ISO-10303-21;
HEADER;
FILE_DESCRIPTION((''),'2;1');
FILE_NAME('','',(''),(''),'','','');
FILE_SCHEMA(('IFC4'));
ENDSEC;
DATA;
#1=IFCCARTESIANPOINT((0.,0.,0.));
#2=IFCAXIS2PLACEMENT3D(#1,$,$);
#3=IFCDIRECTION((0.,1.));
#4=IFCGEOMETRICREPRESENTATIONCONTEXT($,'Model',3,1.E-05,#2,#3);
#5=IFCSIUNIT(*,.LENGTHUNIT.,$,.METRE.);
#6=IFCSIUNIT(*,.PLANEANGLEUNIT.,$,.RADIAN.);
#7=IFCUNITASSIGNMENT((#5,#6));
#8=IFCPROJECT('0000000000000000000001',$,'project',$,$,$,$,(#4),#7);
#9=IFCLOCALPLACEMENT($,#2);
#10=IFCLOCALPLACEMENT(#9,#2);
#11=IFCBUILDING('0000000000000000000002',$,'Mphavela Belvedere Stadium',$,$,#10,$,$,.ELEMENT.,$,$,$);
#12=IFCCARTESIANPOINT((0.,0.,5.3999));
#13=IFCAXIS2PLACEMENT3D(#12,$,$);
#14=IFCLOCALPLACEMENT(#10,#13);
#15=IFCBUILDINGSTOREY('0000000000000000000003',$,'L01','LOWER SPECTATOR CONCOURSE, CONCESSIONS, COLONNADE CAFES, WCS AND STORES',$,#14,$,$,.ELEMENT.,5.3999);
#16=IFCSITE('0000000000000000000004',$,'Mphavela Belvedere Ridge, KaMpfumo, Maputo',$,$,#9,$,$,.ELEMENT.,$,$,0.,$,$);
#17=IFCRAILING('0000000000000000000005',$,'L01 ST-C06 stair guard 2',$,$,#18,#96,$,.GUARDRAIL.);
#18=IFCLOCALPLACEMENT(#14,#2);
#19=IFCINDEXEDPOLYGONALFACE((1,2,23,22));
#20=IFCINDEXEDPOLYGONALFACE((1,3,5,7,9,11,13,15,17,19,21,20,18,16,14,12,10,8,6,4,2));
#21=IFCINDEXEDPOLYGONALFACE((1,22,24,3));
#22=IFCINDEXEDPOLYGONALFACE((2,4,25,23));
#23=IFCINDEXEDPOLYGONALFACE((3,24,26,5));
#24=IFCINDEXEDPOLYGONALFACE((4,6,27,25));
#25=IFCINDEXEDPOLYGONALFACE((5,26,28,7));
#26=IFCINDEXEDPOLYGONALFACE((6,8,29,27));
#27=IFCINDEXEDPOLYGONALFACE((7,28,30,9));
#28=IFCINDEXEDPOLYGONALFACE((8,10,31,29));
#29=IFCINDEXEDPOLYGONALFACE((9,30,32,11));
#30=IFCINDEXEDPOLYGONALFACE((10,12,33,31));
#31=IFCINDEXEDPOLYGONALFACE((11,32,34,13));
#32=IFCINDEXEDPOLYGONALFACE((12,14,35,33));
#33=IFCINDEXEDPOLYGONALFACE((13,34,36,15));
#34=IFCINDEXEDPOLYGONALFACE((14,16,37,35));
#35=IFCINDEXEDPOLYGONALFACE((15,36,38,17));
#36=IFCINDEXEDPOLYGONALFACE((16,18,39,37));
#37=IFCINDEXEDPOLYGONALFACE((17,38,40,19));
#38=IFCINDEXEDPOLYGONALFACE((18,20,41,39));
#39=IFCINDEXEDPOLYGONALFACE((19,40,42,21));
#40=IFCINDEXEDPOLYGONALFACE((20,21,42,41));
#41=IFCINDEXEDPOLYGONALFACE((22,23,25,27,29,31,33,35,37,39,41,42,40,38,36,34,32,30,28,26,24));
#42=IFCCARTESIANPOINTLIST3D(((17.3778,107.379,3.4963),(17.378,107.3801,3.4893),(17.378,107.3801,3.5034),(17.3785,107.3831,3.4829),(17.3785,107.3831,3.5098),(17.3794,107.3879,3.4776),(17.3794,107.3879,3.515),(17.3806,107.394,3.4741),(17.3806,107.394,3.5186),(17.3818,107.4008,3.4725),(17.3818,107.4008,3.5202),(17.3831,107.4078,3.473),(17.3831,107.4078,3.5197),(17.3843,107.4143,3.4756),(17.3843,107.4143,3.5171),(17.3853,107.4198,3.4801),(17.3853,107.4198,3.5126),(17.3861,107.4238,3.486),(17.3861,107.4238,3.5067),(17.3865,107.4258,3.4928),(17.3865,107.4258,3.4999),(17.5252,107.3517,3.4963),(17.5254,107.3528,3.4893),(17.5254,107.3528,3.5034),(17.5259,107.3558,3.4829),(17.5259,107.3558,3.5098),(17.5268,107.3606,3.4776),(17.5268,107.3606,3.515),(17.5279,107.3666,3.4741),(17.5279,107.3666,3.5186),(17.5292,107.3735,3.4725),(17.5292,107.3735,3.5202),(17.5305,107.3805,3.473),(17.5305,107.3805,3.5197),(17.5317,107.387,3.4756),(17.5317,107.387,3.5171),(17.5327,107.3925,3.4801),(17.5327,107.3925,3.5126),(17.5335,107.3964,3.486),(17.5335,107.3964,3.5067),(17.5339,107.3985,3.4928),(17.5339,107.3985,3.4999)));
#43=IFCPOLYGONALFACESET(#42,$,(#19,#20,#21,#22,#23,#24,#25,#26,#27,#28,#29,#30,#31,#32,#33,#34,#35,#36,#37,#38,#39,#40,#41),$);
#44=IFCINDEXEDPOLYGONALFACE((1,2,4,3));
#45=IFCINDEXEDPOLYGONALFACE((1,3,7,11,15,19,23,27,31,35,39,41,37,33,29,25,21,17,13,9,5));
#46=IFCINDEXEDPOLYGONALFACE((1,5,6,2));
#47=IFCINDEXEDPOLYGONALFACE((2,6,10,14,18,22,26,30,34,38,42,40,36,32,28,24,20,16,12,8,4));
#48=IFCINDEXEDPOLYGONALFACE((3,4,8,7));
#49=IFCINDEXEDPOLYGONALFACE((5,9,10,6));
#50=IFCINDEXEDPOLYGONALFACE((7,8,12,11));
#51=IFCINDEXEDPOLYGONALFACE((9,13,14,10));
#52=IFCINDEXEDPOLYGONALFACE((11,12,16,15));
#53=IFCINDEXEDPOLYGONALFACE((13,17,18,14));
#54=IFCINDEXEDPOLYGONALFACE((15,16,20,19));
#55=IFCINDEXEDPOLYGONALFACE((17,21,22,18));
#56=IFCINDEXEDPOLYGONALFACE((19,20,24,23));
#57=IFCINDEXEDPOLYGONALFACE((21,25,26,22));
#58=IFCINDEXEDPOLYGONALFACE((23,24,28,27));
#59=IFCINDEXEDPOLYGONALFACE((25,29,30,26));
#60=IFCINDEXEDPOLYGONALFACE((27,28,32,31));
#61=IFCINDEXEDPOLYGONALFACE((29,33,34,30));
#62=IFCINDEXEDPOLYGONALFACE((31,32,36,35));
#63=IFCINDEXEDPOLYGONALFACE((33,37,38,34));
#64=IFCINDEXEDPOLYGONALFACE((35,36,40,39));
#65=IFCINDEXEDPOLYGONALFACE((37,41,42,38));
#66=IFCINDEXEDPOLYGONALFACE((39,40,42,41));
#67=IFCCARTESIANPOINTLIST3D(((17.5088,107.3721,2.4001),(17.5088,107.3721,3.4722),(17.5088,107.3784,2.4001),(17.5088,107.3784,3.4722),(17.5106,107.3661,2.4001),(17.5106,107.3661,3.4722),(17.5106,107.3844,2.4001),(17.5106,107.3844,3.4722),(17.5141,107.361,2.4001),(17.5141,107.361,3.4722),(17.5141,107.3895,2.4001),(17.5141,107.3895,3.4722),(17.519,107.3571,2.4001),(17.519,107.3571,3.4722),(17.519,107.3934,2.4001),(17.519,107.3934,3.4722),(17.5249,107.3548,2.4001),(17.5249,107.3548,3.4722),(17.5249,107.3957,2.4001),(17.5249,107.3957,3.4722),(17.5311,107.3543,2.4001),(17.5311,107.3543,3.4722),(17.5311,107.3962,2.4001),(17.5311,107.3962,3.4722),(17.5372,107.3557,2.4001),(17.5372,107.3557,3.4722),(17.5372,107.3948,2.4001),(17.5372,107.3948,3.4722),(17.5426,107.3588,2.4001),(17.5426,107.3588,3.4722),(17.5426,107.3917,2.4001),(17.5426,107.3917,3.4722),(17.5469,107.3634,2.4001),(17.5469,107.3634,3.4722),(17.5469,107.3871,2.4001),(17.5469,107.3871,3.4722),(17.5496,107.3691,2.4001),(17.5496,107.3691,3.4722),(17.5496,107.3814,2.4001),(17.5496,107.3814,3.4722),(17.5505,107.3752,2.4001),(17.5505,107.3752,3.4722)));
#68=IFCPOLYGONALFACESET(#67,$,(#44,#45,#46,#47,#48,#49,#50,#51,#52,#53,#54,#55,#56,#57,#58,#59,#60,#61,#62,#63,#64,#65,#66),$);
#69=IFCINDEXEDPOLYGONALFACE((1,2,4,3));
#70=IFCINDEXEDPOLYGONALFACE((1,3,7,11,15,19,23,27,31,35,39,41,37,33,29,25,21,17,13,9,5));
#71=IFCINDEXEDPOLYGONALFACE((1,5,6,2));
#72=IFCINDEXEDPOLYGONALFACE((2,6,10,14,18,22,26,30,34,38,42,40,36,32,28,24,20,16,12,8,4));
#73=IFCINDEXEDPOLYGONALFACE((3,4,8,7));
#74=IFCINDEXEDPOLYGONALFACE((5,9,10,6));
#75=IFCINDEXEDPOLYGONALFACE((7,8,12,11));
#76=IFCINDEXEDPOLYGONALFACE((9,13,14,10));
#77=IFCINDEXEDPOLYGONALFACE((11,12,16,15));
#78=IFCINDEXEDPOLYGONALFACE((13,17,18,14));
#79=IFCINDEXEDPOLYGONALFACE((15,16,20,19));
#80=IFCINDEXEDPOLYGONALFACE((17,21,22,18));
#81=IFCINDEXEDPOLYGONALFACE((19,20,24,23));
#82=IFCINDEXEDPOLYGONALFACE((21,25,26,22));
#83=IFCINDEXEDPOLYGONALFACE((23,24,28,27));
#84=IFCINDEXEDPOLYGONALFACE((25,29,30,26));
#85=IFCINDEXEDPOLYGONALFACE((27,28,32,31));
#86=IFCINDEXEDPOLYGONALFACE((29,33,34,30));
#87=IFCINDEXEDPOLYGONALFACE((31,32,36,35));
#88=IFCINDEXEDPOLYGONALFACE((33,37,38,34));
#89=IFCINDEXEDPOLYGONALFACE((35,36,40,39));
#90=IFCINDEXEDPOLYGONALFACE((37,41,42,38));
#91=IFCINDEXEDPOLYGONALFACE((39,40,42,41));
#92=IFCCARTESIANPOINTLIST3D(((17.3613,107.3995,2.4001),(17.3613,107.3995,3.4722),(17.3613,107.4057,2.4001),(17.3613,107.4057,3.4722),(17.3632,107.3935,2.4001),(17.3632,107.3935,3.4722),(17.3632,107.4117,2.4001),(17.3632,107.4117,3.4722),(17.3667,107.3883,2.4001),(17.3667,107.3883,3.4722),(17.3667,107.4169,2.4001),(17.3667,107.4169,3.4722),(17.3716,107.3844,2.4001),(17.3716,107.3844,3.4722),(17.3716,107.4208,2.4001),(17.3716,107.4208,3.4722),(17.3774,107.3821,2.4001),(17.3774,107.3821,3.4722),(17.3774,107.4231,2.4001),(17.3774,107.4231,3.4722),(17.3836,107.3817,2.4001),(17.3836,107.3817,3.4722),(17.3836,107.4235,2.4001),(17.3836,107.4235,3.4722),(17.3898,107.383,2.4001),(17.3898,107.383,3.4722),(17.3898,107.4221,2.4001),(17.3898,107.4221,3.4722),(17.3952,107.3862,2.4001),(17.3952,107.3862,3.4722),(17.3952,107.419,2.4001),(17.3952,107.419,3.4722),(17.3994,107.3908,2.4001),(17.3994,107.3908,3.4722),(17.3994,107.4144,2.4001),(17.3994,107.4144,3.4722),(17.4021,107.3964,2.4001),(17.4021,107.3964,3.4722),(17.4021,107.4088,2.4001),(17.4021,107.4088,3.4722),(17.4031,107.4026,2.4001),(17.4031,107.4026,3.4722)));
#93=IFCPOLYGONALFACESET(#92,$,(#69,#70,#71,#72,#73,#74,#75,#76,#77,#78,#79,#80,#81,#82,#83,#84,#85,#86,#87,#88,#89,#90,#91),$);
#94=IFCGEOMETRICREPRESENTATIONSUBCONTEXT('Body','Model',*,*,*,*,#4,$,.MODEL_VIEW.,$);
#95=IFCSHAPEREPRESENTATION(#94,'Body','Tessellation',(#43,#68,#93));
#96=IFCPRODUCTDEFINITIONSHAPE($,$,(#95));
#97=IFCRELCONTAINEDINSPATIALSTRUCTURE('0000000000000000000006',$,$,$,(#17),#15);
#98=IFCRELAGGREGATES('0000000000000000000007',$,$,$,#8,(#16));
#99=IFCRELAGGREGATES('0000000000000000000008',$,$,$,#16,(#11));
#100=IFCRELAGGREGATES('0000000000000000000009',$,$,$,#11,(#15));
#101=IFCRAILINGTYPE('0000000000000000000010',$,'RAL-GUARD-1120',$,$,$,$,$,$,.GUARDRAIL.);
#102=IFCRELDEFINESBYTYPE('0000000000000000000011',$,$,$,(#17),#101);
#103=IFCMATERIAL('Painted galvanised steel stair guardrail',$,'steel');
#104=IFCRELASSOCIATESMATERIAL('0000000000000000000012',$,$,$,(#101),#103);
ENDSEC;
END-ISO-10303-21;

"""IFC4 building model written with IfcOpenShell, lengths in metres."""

from ifc_helpers import new_model, si_unit, direction, frame, origin, origin_2d, place, context, subcontext, project, spatial, circle, extrude, material, type_object, element, save


model = new_model("IFC4")

# Units and contexts
model_context = context("Model", 3, precision=1e-05, world=origin(), true_north=direction((0.0, 1.0)))
body_context = subcontext(model_context, "Body", "Model", "MODEL_VIEW")
ifc_project = project(units=[si_unit("LENGTHUNIT", "METRE"), si_unit("PLANEANGLEUNIT", "RADIAN")], contexts=[model_context])

# Site, building, storey
site_placement = place(None, origin())
site = spatial("IfcSite", under=ifc_project, at=site_placement, Name="Mphavela Belvedere Ridge, KaMpfumo, Maputo", CompositionType="ELEMENT", RefElevation=0.0)
building_placement = place(site_placement, origin())
building = spatial("IfcBuilding", under=site, at=building_placement, Name="Mphavela Belvedere Stadium", CompositionType="ELEMENT")
storey_placement = place(building_placement, frame((0.0, 0.0, 5.3999)))
storey = spatial("IfcBuildingStorey", under=building, at=storey_placement, Name="L01", Description="LOWER SPECTATOR CONCOURSE, CONCESSIONS, COLONNADE CAFES, WCS AND STORES", CompositionType="ELEMENT", Elevation=5.3999)

# Railing
ifc_material_1 = material(Name="Painted galvanised steel stair guardrail", Category="steel")
railing_type_1 = type_object("IfcRailingType", Name="RAL-GUARD-1120", PredefinedType="GUARDRAIL", material=ifc_material_1)
railing_1_placement = place(storey_placement, frame((17.5295, 107.3752, 2.4001)))
element("IfcRailing", 1, at=railing_1_placement, inside=storey, type_object=railing_type_1, Name="L01 ST-C06 stair guard 2", PredefinedType="GUARDRAIL", context=body_context, shape_type="SweptSolid", body=[
    extrude(circle(Radius=0.0239, at=origin_2d()), frame((0.0, 0.0, 1.0962), z_axis=(-0.983239, 0.182322, 0.0), x_axis=(-0.182322, -0.983239, 0.0)), (0.0, 0.0, 1.0), 0.1499),
    extrude(circle(Radius=0.021, at=origin_2d()), origin(), (0.0, 0.0, 1.0), 1.072),
    extrude(circle(Radius=0.021, at=origin_2d()), frame((-0.1475, 0.0273, 0.0)), (0.0, 0.0, 1.0), 1.072),
])

save(model, "model.ifc")
